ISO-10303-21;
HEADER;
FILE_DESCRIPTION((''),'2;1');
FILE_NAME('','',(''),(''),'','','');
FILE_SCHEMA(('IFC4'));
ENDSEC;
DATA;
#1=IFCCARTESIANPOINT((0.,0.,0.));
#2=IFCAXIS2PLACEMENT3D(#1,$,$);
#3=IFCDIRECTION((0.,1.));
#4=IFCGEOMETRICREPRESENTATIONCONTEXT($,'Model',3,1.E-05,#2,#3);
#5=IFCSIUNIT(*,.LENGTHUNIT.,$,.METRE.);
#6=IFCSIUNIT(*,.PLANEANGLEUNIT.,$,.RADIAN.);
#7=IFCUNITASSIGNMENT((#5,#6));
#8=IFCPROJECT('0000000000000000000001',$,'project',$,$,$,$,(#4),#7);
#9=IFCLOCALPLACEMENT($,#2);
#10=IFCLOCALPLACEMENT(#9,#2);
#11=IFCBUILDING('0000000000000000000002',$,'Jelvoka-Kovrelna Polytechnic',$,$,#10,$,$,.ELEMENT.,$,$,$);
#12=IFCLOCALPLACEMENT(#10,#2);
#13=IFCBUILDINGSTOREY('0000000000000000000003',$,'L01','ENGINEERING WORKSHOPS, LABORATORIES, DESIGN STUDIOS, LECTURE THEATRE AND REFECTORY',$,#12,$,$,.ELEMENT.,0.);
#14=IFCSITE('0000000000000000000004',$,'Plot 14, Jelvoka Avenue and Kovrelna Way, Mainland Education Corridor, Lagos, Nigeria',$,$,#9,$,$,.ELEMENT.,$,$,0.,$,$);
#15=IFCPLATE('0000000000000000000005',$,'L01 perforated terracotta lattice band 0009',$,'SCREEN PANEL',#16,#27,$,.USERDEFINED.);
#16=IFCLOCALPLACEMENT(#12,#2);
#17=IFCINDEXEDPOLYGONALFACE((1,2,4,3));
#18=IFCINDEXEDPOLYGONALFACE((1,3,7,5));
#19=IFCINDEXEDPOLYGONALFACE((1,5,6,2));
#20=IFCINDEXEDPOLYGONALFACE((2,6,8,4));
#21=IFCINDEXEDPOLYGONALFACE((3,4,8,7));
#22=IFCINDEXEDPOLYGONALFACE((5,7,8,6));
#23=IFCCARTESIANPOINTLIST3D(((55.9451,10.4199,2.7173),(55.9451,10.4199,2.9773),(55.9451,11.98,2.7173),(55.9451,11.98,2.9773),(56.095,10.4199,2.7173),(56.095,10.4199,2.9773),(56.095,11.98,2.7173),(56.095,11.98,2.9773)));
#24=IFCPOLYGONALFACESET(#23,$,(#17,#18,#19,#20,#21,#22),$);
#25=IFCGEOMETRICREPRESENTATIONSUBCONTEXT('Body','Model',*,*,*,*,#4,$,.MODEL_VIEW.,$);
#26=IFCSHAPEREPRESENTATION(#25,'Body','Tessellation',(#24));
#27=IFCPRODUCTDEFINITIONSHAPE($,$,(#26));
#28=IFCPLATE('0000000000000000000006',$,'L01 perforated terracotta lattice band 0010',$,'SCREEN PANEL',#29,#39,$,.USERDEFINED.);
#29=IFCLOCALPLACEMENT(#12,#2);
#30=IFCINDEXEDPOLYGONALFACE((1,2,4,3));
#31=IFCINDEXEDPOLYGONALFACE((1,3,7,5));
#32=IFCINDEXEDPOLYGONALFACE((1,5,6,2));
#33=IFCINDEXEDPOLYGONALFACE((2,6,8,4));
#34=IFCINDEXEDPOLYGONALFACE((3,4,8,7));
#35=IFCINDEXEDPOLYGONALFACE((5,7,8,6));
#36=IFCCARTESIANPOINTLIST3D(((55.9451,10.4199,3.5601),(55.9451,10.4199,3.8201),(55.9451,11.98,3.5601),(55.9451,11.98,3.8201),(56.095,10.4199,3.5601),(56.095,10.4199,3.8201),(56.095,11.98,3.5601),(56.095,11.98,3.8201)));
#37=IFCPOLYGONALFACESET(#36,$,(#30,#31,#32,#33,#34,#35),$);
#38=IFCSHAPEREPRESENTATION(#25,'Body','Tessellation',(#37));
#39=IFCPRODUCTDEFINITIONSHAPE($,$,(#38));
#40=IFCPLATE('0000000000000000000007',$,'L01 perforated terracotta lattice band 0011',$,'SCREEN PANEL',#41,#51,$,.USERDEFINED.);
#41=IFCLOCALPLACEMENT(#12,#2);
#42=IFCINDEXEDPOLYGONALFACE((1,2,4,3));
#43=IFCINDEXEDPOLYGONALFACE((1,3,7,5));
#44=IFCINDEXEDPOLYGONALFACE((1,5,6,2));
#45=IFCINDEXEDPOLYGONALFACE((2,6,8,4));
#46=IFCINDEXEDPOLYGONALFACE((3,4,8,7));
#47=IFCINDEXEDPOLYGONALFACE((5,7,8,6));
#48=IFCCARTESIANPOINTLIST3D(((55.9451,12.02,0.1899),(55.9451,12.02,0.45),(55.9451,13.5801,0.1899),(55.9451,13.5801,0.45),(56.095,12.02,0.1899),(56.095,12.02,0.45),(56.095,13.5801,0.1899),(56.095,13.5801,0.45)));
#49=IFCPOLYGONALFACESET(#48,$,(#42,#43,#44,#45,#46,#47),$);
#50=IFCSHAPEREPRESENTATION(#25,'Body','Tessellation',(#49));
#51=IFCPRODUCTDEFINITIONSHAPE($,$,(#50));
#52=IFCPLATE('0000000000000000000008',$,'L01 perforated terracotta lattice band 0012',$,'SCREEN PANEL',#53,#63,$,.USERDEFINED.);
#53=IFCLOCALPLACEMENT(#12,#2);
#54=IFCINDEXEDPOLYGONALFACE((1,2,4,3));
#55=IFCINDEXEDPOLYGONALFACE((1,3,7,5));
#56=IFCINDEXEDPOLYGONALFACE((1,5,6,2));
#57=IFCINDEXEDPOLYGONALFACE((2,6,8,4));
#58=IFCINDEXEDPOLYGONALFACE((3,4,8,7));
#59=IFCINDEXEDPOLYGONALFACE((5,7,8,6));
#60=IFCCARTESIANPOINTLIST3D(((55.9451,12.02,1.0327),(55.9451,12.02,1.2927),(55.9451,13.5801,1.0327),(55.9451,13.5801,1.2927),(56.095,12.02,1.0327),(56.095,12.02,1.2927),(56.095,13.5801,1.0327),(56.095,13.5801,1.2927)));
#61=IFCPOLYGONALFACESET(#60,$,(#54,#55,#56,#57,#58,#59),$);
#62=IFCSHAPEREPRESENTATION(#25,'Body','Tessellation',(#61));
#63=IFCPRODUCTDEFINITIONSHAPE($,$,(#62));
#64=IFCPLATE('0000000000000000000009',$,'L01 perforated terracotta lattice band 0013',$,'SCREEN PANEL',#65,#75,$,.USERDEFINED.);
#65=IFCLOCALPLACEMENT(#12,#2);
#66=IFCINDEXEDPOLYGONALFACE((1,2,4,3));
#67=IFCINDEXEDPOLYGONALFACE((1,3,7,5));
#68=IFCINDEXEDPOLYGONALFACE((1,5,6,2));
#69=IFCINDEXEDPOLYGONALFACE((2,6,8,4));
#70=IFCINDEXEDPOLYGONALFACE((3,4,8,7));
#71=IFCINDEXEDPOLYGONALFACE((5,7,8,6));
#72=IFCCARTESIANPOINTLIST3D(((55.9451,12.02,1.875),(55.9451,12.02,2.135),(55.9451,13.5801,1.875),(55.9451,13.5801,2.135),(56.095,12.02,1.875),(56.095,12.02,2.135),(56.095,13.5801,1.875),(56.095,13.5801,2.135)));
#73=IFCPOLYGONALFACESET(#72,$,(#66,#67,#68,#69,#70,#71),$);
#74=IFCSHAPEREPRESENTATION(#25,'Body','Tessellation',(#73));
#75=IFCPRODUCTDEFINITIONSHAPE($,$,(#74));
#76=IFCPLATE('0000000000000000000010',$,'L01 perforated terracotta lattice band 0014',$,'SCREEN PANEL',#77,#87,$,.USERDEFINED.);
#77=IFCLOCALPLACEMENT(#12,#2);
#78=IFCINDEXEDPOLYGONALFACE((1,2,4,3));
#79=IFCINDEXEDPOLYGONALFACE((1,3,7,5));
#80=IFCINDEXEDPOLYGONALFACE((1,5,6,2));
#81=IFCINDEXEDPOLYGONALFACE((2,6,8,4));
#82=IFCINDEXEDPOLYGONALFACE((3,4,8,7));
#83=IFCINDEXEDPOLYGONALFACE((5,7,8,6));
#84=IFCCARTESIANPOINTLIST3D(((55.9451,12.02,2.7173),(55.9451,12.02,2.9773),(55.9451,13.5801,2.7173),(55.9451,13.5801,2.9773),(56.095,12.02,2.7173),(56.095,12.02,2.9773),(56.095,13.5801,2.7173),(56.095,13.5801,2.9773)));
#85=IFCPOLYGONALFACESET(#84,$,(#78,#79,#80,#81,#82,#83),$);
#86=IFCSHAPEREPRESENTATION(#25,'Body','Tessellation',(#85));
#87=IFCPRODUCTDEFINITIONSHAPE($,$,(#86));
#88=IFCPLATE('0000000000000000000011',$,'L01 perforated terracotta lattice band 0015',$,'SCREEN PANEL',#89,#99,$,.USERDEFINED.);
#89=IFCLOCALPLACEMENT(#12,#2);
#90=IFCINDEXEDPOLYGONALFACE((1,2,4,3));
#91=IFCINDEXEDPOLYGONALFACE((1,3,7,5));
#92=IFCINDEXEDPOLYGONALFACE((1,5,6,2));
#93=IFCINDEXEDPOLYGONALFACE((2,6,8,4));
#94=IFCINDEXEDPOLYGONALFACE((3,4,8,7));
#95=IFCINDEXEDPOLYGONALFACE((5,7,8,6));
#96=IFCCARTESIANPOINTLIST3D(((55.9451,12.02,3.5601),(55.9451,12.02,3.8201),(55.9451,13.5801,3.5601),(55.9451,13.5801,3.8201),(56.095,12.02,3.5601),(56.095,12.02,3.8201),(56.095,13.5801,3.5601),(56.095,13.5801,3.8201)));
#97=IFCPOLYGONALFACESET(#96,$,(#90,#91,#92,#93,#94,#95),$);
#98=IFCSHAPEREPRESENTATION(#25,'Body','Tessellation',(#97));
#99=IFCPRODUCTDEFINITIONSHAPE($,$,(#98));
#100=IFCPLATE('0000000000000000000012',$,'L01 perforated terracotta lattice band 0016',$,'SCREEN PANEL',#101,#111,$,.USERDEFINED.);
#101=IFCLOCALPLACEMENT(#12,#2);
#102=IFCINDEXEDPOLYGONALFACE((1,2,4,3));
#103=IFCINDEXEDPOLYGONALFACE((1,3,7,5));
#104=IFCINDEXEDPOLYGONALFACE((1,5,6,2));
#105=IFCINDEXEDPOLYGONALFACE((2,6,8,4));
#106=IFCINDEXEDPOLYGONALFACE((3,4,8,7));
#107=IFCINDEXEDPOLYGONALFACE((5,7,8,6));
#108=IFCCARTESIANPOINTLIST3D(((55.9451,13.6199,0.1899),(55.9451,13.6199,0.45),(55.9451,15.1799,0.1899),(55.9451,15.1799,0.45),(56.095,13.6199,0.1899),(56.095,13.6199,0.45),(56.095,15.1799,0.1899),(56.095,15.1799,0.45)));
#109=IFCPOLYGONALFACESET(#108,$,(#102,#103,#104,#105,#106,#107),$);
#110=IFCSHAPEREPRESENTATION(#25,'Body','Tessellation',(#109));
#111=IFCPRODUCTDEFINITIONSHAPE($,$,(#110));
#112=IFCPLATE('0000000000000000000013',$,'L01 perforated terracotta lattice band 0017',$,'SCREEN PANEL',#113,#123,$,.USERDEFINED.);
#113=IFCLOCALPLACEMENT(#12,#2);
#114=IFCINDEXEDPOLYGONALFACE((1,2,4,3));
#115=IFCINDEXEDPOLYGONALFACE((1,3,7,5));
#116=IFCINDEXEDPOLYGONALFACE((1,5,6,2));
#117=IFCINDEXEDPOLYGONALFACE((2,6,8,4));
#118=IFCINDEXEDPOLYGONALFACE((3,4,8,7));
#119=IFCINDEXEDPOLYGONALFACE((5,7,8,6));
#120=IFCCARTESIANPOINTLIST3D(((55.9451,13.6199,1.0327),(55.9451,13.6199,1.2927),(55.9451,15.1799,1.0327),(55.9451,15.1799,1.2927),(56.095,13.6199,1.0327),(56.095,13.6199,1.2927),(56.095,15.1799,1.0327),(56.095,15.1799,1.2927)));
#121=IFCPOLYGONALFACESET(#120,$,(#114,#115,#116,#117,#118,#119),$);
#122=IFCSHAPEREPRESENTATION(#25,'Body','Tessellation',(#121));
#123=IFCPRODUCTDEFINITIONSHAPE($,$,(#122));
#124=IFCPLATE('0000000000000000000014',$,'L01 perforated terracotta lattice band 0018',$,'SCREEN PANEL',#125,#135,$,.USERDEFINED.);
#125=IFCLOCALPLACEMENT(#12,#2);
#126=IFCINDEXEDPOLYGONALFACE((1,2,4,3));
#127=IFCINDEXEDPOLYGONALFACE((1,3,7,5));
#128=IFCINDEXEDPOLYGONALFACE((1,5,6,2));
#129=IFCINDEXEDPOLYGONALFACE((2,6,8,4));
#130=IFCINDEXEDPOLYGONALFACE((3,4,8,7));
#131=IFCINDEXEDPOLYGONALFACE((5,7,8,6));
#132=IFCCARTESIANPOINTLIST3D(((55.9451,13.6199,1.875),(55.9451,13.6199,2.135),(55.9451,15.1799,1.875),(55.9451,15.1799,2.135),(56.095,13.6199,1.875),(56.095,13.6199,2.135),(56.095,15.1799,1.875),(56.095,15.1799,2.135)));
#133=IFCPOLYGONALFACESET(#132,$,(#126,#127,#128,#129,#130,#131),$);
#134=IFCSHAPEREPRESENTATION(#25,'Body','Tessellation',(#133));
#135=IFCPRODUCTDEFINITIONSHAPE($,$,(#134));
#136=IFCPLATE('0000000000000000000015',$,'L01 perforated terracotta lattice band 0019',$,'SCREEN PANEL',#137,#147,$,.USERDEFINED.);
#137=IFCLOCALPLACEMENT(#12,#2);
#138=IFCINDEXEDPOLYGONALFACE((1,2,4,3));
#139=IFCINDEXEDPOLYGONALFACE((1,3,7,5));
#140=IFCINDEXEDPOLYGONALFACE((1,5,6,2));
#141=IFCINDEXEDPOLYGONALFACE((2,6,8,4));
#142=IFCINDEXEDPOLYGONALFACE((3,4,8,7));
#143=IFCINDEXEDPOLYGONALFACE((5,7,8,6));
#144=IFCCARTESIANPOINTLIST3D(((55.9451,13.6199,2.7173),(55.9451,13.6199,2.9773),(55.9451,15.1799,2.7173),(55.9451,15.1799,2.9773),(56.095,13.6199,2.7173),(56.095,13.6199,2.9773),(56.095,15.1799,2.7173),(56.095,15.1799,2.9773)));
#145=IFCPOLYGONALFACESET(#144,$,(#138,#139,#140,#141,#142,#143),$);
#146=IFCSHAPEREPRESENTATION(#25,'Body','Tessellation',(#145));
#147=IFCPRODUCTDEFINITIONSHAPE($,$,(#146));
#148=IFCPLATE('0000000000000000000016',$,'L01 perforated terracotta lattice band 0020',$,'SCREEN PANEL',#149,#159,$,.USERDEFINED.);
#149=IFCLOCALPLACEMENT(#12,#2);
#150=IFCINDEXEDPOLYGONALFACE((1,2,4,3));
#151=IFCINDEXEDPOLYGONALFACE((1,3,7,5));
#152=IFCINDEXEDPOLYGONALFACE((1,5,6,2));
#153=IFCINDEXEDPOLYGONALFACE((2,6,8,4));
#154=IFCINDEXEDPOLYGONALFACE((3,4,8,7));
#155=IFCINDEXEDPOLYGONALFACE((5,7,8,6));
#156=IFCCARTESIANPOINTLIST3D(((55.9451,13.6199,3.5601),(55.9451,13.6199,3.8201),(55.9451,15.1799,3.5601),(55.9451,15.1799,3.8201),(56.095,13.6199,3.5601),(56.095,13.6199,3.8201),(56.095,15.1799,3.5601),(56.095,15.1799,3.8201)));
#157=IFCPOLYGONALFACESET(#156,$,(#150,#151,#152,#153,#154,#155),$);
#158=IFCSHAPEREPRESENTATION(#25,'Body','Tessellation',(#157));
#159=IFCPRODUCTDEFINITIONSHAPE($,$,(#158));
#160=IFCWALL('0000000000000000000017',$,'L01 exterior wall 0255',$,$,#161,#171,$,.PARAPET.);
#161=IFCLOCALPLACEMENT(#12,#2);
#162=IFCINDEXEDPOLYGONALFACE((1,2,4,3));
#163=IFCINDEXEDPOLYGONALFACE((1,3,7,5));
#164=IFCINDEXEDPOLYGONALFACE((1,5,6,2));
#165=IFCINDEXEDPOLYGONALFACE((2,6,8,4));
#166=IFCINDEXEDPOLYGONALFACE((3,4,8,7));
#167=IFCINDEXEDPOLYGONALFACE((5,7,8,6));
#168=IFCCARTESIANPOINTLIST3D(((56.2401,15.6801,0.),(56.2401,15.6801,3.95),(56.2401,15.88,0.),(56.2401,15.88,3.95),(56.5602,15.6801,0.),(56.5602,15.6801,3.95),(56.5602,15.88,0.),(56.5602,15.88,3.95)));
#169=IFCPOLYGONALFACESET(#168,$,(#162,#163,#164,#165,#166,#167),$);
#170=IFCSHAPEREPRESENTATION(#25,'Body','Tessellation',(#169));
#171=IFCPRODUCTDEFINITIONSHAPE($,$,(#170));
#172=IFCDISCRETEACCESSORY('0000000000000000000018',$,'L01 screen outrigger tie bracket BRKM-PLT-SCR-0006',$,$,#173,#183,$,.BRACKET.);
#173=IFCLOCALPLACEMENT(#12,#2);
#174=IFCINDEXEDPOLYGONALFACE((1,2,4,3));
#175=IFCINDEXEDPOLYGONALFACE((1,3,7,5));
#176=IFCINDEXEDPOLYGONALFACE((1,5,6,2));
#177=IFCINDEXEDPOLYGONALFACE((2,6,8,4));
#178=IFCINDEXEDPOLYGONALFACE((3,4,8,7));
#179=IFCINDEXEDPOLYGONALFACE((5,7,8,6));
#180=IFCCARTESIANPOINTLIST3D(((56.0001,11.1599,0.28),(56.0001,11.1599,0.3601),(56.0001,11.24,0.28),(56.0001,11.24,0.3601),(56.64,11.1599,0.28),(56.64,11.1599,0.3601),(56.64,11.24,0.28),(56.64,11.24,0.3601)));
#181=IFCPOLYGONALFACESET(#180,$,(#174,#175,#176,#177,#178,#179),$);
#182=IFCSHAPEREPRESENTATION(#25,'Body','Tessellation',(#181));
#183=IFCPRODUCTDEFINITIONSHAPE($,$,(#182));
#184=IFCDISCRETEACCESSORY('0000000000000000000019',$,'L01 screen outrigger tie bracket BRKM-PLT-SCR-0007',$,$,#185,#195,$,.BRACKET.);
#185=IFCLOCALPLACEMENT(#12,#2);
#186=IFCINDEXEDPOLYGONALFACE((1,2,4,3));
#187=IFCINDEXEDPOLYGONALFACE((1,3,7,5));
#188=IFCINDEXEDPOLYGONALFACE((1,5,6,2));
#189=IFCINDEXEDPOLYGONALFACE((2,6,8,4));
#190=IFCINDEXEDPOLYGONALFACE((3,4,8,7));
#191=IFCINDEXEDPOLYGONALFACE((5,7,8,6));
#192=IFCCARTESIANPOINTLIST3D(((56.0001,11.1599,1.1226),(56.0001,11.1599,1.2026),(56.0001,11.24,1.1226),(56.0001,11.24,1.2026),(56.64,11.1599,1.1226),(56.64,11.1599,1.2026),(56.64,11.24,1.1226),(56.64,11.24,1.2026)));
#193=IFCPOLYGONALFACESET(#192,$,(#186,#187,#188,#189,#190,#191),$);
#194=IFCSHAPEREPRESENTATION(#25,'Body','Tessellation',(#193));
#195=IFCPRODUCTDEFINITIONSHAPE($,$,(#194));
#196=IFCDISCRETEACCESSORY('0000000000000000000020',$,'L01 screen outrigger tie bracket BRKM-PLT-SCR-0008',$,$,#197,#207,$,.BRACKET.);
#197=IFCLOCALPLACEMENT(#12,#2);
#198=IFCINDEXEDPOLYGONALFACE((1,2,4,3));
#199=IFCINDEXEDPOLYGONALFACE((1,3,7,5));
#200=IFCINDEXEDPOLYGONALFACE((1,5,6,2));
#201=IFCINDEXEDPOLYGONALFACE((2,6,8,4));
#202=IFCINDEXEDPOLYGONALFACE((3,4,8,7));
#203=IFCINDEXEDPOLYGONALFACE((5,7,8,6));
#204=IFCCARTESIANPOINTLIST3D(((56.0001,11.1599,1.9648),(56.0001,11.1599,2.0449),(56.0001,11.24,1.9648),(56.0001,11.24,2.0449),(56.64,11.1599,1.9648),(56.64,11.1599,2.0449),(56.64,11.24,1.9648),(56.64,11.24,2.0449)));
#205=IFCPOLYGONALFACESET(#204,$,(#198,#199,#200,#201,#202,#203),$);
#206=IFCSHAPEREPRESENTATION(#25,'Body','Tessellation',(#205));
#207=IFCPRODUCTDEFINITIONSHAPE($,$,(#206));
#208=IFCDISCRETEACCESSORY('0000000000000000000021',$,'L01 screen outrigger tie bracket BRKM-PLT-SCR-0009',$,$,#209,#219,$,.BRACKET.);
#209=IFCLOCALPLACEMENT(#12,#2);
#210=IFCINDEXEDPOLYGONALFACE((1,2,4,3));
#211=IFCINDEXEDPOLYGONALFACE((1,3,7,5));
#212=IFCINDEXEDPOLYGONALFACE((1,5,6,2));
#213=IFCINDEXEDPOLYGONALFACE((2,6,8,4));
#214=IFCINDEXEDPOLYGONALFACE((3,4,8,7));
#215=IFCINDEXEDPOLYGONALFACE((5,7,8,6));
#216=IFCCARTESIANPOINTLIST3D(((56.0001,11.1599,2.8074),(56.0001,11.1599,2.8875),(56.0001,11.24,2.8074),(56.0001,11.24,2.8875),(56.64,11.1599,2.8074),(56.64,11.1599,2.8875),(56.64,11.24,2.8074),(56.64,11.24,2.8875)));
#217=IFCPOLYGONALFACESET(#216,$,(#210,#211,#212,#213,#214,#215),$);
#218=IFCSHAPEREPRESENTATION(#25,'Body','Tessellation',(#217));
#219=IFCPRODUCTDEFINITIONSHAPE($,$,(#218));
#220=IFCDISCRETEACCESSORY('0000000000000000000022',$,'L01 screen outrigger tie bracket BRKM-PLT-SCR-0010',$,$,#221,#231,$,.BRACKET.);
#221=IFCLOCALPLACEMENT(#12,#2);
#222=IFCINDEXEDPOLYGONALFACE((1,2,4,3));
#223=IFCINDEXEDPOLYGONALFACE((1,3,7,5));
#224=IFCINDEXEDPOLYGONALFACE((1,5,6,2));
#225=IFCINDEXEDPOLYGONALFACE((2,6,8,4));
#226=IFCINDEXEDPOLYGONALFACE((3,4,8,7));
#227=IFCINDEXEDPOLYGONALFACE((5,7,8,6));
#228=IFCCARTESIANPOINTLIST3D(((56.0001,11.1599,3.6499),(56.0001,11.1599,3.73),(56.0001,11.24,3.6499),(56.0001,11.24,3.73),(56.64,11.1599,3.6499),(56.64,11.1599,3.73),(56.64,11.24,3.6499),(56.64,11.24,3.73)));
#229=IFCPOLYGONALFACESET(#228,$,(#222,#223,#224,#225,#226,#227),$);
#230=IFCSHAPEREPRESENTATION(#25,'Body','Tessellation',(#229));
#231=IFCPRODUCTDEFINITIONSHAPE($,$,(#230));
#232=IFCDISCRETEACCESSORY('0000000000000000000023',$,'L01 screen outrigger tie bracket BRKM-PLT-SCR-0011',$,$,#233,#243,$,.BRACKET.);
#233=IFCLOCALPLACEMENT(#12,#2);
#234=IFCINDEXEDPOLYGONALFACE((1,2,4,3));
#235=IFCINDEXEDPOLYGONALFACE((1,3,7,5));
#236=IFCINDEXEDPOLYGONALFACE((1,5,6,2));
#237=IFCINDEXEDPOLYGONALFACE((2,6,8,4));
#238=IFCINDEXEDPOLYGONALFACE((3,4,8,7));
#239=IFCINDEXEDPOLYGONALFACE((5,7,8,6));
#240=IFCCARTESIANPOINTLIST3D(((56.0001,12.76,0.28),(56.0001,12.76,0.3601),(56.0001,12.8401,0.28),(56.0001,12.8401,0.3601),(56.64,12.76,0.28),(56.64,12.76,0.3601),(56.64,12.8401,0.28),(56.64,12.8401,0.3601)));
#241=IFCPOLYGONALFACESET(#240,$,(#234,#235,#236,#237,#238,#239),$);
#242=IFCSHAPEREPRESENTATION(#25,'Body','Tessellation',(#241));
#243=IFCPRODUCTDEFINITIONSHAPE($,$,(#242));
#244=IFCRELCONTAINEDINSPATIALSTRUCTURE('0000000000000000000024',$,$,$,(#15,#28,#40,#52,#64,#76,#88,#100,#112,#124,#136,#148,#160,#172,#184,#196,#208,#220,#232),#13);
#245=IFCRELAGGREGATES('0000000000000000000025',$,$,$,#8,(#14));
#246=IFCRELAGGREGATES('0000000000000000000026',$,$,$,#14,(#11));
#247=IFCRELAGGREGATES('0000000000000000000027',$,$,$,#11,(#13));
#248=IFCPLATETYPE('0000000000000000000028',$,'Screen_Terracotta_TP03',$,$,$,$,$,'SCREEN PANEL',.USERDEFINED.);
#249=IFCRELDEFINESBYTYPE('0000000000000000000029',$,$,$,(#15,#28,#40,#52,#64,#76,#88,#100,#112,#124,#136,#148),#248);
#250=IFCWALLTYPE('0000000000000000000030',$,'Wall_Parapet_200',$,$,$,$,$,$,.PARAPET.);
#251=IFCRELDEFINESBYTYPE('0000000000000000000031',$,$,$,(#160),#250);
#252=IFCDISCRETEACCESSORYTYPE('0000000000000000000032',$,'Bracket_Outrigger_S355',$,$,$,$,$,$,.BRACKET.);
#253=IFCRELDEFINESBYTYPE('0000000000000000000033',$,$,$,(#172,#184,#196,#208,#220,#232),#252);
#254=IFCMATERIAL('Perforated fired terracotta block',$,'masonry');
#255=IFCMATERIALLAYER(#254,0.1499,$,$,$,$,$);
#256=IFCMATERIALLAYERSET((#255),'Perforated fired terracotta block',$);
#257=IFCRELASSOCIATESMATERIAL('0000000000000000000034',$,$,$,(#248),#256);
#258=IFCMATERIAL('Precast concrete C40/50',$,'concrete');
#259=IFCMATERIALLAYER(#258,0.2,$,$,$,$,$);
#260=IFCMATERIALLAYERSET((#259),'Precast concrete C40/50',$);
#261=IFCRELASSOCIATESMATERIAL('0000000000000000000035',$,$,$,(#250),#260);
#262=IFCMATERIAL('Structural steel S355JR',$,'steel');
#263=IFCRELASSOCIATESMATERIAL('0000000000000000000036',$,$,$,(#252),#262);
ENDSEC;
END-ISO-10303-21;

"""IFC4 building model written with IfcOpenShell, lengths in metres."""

from ifc_helpers import new_model, si_unit, direction, frame, frame_2d, origin, origin_2d, place, context, subcontext, project, spatial, rectangle, extrude, material, layer, layer_set, type_object, element, save


model = new_model("IFC4")

# Units and contexts
model_context = context("Model", 3, precision=1e-05, world=origin(), true_north=direction((0.0, 1.0)))
body_context = subcontext(model_context, "Body", "Model", "MODEL_VIEW")
ifc_project = project(units=[si_unit("LENGTHUNIT", "METRE"), si_unit("PLANEANGLEUNIT", "RADIAN")], contexts=[model_context])

# Site, building, storey
site_placement = place(None, origin())
site = spatial("IfcSite", under=ifc_project, at=site_placement, Name="Plot 14, Jelvoka Avenue and Kovrelna Way, Mainland Education Corridor, Lagos, Nigeria", CompositionType="ELEMENT", RefElevation=0.0)
building_placement = place(site_placement, origin())
building = spatial("IfcBuilding", under=site, at=building_placement, Name="Jelvoka-Kovrelna Polytechnic", CompositionType="ELEMENT")
storey_placement = place(building_placement, origin())
storey = spatial("IfcBuildingStorey", under=building, at=storey_placement, Name="L01", Description="ENGINEERING WORKSHOPS, LABORATORIES, DESIGN STUDIOS, LECTURE THEATRE AND REFECTORY", CompositionType="ELEMENT", Elevation=0.0)

# Plates
ifc_material_1 = material(Name="Perforated fired terracotta block", Category="masonry")
ifc_layer_1 = layer(ifc_material_1, 0.1499)
ifc_layer_set_1 = layer_set([ifc_layer_1], Name="Perforated fired terracotta block")
plate_type = type_object("IfcPlateType", Name="Screen_Terracotta_TP03", ElementType="SCREEN PANEL", PredefinedType="USERDEFINED", material=ifc_layer_set_1)
for number, where, z_axis, x_axis, name in (
    (1, (56.02, 11.2, 2.7173), (0.0, 0.0, 1.0), (0.0, 1.0, 0.0), "L01 perforated terracotta lattice band 0009"),
    (2, (56.02, 11.2, 3.5601), (0.0, 0.0, 1.0), (0.0, 1.0, 0.0), "L01 perforated terracotta lattice band 0010"),
    (3, (56.02, 12.8, 0.1899), (0.0, 0.0, 1.0), (0.0, 1.0, 0.0), "L01 perforated terracotta lattice band 0011"),
    (4, (56.02, 12.8, 1.0327), (0.0, 0.0, 1.0), (0.0, 1.0, 0.0), "L01 perforated terracotta lattice band 0012"),
    (5, (56.02, 12.8, 1.875), (0.0, 0.0, 1.0), (0.0, 1.0, 0.0), "L01 perforated terracotta lattice band 0013"),
    (6, (56.02, 12.8, 2.7173), (0.0, 0.0, 1.0), (0.0, 1.0, 0.0), "L01 perforated terracotta lattice band 0014"),
    (7, (56.02, 12.8, 3.5601), (0.0, 0.0, 1.0), (0.0, 1.0, 0.0), "L01 perforated terracotta lattice band 0015"),
    (8, (56.02, 14.3999, 0.1899), (0.0, 0.0, 1.0), (0.0, 1.0, 0.0), "L01 perforated terracotta lattice band 0016"),
    (9, (56.02, 14.3999, 1.0327), (0.0, 0.0, 1.0), (0.0, 1.0, 0.0), "L01 perforated terracotta lattice band 0017"),
    (10, (56.02, 14.3999, 1.875), (0.0, 0.0, 1.0), (0.0, 1.0, 0.0), "L01 perforated terracotta lattice band 0018"),
    (11, (56.02, 14.3999, 2.7173), (0.0, 0.0, 1.0), (0.0, 1.0, 0.0), "L01 perforated terracotta lattice band 0019"),
    (12, (56.02, 14.3999, 3.5601), (0.0, 0.0, 1.0), (0.0, 1.0, 0.0), "L01 perforated terracotta lattice band 0020"),
):
    element("IfcPlate", number, at=place(storey_placement, frame(where, z_axis=z_axis, x_axis=x_axis)), inside=storey, type_object=plate_type, Name=name, ObjectType="SCREEN PANEL", PredefinedType="USERDEFINED", context=body_context, shape_type="SweptSolid", body=[
        extrude(rectangle(XDim=1.5601, YDim=0.1499, at=origin_2d()), origin(), (0.0, 0.0, 1.0), 0.26),
    ])

# Wall
ifc_material_2 = material(Name="Precast concrete C40/50", Category="concrete")
ifc_layer_2 = layer(ifc_material_2, 0.2)
ifc_layer_set_2 = layer_set([ifc_layer_2], Name="Precast concrete C40/50")
wall_type = type_object("IfcWallType", Name="Wall_Parapet_200", PredefinedType="PARAPET", material=ifc_layer_set_2)
wall_placement = place(storey_placement, frame((56.24, 15.78, 0.0), z_axis=(0.0, 0.0, 1.0), x_axis=(1.0, 0.0, 0.0)))
element("IfcWall", 13, at=wall_placement, inside=storey, type_object=wall_type, Name="L01 exterior wall 0255", PredefinedType="PARAPET", context=body_context, shape_type="SweptSolid", body=[
    extrude(rectangle(XDim=0.3201, YDim=0.2, at=frame_2d((0.1602, 0.0))), origin(), (0.0, 0.0, 1.0), 3.95),
])

# Discrete accessories
ifc_material_3 = material(Name="Structural steel S355JR", Category="steel")
discrete_accessory_type = type_object("IfcDiscreteAccessoryType", Name="Bracket_Outrigger_S355", PredefinedType="BRACKET", material=ifc_material_3)
for number, where, z_axis, x_axis, name in (
    (14, (56.3201, 11.2, 0.28), (0.0, 0.0, 1.0), (1.0, 0.0, 0.0), "L01 screen outrigger tie bracket BRKM-PLT-SCR-0006"),
    (15, (56.3201, 11.2, 1.1226), (0.0, 0.0, 1.0), (1.0, 0.0, 0.0), "L01 screen outrigger tie bracket BRKM-PLT-SCR-0007"),
    (16, (56.3201, 11.2, 1.9648), (0.0, 0.0, 1.0), (1.0, 0.0, 0.0), "L01 screen outrigger tie bracket BRKM-PLT-SCR-0008"),
    (17, (56.3201, 11.2, 2.8074), (0.0, 0.0, 1.0), (1.0, 0.0, 0.0), "L01 screen outrigger tie bracket BRKM-PLT-SCR-0009"),
    (18, (56.3201, 11.2, 3.6499), (0.0, 0.0, 1.0), (1.0, 0.0, 0.0), "L01 screen outrigger tie bracket BRKM-PLT-SCR-0010"),
    (19, (56.3201, 12.8, 0.28), (0.0, 0.0, 1.0), (1.0, 0.0, 0.0), "L01 screen outrigger tie bracket BRKM-PLT-SCR-0011"),
):
    element("IfcDiscreteAccessory", number, at=place(storey_placement, frame(where, z_axis=z_axis, x_axis=x_axis)), inside=storey, type_object=discrete_accessory_type, Name=name, PredefinedType="BRACKET", context=body_context, shape_type="SweptSolid", body=[
        extrude(rectangle(XDim=0.6399, YDim=0.0801, at=origin_2d()), origin(), (0.0, 0.0, 1.0), 0.0801),
    ])

save(model, "model.ifc")
